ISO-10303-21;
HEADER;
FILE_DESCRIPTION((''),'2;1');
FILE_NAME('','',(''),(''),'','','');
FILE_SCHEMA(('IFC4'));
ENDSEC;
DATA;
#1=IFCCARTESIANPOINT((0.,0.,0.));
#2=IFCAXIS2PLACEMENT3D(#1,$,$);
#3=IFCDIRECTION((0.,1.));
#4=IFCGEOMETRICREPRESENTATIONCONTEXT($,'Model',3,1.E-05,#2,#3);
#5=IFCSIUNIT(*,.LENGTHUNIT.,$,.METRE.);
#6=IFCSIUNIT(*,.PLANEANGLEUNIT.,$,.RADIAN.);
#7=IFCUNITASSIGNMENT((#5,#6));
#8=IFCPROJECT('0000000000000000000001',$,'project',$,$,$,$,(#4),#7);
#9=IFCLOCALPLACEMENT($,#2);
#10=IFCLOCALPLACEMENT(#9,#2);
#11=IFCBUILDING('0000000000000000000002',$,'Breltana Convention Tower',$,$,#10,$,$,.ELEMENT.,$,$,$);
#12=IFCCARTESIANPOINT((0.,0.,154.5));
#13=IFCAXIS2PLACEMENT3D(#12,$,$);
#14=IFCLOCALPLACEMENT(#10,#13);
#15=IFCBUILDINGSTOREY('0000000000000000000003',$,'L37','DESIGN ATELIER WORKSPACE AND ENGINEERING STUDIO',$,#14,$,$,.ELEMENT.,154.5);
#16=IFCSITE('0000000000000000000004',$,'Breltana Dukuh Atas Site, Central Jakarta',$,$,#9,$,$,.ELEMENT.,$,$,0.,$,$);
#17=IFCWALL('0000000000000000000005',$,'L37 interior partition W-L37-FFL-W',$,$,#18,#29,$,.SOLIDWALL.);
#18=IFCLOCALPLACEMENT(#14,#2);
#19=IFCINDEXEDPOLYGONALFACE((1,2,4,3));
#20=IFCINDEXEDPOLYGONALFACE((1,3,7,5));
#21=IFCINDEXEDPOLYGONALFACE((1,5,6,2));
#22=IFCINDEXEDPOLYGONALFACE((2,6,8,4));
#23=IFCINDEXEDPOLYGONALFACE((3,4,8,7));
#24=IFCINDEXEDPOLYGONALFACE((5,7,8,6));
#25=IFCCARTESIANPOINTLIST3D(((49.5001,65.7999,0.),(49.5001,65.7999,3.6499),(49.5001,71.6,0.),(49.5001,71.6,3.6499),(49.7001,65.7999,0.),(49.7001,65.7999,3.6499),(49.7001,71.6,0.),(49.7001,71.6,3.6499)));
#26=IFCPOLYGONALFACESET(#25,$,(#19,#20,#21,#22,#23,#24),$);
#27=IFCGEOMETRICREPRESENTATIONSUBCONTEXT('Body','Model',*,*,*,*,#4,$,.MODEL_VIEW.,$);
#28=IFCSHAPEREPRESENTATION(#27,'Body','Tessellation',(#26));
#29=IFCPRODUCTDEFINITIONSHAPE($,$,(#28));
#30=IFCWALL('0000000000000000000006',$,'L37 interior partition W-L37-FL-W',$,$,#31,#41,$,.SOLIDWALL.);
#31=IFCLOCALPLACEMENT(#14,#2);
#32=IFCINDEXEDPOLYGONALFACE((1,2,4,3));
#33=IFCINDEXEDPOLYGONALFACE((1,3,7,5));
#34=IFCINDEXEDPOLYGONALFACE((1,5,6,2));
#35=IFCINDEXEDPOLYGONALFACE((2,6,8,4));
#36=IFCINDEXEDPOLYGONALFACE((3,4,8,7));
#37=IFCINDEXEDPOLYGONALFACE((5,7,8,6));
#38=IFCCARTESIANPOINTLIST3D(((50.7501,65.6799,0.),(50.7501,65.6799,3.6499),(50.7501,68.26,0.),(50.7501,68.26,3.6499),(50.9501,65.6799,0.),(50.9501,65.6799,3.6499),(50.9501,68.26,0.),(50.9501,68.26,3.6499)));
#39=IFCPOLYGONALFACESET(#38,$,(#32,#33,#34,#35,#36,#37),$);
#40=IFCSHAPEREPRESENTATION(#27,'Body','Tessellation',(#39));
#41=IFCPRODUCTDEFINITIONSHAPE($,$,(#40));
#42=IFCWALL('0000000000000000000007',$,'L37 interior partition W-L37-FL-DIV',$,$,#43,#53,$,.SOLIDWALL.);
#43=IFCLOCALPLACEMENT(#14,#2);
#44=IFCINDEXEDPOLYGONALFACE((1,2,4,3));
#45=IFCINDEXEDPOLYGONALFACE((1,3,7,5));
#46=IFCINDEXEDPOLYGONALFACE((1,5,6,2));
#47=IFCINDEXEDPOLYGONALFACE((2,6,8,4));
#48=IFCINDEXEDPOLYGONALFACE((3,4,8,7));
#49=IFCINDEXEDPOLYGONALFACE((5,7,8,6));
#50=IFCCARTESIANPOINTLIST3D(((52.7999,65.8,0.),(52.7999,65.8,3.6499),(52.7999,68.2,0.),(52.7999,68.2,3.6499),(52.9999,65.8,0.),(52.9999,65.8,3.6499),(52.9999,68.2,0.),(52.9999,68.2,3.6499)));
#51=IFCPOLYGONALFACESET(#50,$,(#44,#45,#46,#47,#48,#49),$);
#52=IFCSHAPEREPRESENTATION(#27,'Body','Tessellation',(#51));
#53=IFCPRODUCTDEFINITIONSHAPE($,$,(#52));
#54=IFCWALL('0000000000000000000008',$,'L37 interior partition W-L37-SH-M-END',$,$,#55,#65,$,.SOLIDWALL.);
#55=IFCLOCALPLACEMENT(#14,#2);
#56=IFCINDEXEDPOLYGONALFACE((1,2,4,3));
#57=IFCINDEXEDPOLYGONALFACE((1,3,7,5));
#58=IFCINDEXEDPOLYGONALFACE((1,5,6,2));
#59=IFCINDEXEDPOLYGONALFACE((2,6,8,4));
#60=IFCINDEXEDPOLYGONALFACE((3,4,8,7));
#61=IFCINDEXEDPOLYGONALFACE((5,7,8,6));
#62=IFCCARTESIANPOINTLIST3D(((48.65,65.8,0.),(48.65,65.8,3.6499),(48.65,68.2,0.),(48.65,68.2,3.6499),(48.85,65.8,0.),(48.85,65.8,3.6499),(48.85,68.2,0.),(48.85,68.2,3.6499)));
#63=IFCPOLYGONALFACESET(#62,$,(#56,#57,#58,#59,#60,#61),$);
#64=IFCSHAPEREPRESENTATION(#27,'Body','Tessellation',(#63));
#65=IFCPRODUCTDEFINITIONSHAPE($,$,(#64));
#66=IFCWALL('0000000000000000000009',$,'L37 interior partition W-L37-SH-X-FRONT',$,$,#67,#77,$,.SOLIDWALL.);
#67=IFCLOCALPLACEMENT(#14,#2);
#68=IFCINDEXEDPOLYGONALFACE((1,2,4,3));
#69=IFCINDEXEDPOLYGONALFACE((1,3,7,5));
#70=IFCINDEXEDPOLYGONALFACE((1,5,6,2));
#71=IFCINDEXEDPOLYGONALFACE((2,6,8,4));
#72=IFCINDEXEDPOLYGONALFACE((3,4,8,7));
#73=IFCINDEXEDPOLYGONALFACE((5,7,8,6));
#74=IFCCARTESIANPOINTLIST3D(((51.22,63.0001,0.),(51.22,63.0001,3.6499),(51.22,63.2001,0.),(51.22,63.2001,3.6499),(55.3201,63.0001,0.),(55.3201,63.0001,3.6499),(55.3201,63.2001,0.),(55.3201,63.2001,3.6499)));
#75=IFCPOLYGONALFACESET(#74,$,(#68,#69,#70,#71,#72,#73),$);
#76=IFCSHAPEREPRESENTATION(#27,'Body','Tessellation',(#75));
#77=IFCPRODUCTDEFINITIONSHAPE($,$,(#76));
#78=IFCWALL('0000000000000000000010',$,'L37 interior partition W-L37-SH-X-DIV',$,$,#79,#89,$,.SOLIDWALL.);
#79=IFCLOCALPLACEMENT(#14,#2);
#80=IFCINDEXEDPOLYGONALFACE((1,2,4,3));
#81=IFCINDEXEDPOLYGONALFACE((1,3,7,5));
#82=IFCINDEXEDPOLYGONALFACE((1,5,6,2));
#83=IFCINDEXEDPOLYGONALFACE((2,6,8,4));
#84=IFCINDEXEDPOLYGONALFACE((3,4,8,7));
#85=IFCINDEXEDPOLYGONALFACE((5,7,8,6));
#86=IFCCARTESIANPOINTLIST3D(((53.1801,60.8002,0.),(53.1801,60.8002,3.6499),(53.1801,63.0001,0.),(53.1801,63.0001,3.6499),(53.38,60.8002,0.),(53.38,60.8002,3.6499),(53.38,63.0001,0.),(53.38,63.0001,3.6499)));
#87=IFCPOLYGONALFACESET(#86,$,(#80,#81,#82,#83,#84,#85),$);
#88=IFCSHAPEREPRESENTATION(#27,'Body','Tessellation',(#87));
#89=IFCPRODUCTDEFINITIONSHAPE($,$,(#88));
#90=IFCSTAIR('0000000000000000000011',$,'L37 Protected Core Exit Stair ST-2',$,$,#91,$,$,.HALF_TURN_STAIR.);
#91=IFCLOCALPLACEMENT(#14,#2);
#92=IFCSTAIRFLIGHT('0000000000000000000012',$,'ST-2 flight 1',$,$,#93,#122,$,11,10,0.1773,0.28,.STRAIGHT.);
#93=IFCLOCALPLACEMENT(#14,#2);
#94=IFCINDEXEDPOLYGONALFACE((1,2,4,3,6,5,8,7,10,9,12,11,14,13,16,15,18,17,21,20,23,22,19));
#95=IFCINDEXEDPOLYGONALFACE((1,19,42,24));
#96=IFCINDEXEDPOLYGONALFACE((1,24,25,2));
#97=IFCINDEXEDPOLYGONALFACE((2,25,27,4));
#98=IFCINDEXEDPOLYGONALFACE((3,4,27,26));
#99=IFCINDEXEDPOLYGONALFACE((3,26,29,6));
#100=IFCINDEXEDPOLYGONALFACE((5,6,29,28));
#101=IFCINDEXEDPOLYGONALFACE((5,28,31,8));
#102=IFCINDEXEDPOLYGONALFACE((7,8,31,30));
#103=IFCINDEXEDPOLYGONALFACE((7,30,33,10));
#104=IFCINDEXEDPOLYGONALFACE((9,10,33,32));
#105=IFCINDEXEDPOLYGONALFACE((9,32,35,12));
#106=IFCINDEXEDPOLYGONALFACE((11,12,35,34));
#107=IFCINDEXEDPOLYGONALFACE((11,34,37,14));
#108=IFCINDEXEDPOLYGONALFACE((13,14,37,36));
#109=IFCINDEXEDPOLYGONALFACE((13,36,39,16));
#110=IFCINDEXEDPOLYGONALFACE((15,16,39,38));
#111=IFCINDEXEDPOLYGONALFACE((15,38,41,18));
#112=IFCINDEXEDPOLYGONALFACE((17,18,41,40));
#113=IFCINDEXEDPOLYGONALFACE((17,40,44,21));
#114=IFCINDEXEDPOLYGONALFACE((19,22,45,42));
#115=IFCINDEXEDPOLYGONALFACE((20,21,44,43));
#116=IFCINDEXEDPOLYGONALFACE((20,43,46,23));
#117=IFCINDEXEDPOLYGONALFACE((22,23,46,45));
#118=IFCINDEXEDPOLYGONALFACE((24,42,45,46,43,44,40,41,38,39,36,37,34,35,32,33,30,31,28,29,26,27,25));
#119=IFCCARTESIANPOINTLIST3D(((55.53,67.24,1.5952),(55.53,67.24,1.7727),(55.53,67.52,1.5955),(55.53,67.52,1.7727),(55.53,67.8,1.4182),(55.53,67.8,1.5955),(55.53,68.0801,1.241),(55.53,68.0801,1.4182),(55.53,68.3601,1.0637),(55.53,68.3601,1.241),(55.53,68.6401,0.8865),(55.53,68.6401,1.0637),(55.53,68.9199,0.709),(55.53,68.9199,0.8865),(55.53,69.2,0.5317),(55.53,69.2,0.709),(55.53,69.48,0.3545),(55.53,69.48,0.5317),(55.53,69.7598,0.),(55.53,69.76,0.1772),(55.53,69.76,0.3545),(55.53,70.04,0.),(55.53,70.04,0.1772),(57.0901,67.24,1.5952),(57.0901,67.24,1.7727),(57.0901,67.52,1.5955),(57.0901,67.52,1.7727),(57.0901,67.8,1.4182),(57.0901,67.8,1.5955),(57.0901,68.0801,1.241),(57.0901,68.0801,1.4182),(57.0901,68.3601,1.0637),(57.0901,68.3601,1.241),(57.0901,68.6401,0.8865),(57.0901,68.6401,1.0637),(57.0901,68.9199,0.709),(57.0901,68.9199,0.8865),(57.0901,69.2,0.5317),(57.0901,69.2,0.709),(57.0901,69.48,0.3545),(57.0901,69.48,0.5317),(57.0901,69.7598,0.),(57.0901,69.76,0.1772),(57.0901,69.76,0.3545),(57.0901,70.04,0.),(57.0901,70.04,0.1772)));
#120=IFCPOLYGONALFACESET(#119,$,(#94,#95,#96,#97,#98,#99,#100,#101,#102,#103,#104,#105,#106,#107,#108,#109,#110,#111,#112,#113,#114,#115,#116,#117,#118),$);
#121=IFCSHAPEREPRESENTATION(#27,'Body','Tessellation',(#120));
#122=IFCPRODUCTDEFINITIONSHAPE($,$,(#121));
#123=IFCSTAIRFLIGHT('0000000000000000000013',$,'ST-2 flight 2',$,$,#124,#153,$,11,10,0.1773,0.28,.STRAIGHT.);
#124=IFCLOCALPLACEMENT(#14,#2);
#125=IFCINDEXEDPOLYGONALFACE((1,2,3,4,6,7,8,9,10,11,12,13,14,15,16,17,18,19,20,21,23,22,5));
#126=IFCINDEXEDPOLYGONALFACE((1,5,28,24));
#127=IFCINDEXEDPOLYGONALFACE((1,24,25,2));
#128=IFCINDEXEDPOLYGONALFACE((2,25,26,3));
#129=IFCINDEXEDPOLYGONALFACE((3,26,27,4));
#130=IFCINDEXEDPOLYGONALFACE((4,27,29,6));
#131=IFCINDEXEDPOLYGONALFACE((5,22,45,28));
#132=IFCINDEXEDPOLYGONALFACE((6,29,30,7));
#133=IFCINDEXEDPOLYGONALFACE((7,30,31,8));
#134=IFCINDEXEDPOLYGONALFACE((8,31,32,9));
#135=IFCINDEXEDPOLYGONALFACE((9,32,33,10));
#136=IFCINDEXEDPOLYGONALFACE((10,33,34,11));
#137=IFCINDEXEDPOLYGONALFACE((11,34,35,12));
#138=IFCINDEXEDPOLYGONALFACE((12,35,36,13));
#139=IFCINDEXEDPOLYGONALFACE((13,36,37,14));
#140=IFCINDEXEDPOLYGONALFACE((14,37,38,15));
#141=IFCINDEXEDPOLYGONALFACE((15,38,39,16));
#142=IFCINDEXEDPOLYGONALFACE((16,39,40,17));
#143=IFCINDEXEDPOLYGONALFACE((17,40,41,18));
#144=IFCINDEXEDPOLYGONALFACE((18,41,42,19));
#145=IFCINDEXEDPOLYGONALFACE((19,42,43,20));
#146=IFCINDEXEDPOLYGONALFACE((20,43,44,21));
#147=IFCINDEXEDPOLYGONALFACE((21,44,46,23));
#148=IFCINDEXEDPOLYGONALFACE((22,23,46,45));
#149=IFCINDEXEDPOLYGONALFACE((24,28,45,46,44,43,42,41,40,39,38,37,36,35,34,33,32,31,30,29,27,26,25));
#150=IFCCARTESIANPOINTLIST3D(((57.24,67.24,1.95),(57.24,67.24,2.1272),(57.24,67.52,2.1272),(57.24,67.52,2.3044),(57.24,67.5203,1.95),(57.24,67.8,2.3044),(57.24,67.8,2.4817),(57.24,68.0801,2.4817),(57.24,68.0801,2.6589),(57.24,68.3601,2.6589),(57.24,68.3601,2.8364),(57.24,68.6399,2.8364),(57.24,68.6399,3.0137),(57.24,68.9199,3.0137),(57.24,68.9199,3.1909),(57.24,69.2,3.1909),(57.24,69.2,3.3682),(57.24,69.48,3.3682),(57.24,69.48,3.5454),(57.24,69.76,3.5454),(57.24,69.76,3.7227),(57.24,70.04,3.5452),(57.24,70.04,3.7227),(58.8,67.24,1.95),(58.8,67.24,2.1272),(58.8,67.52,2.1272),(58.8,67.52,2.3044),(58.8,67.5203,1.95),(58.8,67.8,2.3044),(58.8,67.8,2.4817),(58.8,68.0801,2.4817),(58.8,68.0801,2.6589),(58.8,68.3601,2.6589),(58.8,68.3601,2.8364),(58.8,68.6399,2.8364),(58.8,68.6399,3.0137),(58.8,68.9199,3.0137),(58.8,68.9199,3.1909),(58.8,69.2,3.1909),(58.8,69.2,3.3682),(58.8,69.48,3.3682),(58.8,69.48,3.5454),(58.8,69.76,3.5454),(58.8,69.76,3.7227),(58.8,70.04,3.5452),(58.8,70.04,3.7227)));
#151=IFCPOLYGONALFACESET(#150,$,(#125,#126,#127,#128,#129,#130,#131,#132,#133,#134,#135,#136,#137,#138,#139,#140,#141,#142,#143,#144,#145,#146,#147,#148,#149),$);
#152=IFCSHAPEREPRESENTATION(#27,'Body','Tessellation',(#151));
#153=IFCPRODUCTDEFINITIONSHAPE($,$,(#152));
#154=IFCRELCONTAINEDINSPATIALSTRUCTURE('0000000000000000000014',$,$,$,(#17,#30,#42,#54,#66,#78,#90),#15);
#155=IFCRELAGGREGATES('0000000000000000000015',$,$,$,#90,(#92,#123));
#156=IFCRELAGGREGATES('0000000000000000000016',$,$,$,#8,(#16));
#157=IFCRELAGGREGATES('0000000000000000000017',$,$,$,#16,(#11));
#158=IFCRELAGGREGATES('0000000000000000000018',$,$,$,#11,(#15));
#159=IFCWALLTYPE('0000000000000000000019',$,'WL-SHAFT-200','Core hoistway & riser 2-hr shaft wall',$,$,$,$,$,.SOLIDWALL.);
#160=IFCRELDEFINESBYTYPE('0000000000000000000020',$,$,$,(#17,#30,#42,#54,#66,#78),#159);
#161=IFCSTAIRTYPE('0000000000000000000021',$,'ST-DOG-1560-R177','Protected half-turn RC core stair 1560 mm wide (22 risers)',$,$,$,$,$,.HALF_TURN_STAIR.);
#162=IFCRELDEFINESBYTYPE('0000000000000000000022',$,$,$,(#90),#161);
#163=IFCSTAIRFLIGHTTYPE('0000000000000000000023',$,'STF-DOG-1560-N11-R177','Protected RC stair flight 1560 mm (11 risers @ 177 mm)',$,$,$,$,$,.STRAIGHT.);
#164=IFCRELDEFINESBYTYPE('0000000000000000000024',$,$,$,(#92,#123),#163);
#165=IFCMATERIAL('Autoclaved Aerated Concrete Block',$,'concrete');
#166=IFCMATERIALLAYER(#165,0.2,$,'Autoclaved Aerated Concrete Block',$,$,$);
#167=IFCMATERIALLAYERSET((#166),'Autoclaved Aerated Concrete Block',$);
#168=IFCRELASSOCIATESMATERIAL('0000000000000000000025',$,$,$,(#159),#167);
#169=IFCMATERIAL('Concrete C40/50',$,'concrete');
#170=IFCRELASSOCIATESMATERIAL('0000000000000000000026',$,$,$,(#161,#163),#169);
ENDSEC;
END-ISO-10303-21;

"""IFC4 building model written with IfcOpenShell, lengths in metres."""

from ifc_helpers import new_model, si_unit, direction, frame, frame_2d, origin, place, context, subcontext, project, spatial, polyline, rectangle, outline, extrude, source, transform, mapped, material, layer, layer_set, type_object, element, aggregate, save


model = new_model("IFC4")

# Units and contexts
model_context = context("Model", 3, precision=1e-05, world=origin(), true_north=direction((0.0, 1.0)))
body_context = subcontext(model_context, "Body", "Model", "MODEL_VIEW")
ifc_project = project(units=[si_unit("LENGTHUNIT", "METRE"), si_unit("PLANEANGLEUNIT", "RADIAN")], contexts=[model_context])

# Site, building, storey
site_placement = place(None, origin())
site = spatial("IfcSite", under=ifc_project, at=site_placement, Name="Breltana Dukuh Atas Site, Central Jakarta", CompositionType="ELEMENT", RefElevation=0.0)
building_placement = place(site_placement, origin())
building = spatial("IfcBuilding", under=site, at=building_placement, Name="Breltana Convention Tower", CompositionType="ELEMENT")
storey_placement = place(building_placement, frame((0.0, 0.0, 154.5)))
storey = spatial("IfcBuildingStorey", under=building, at=storey_placement, Name="L37", Description="DESIGN ATELIER WORKSPACE AND ENGINEERING STUDIO", CompositionType="ELEMENT", Elevation=154.5)

# Shared definitions
ifc_material_1 = material(Name="Autoclaved Aerated Concrete Block", Category="concrete")
ifc_layer_1 = layer(ifc_material_1, 0.2, Name="Autoclaved Aerated Concrete Block")
ifc_layer_set_1 = layer_set([ifc_layer_1], Name="Autoclaved Aerated Concrete Block")
wall_type_1 = type_object("IfcWallType", Name="WL-SHAFT-200", Description="Core hoistway & riser 2-hr shaft wall", PredefinedType="SOLIDWALL", material=ifc_layer_set_1)

# Walls
shared_shape_1 = source(origin(), body_context, "Body", "SweptSolid", [
    extrude(rectangle(XDim=5.8, YDim=0.2, at=frame_2d((2.8999, 0.0))), origin(), (0.0, 0.0, 1.0), 3.6499),
])
wall_1_placement = place(storey_placement, frame((49.6001, 65.8, 0.0), z_axis=(0.0, 0.0, 1.0), x_axis=(0.0, 1.0, 0.0)))
element("IfcWall", 1, at=wall_1_placement, inside=storey, type_object=wall_type_1, Name="L37 interior partition W-L37-FFL-W", PredefinedType="SOLIDWALL", context=body_context, shape_type="MappedRepresentation", body=[
    mapped(shared_shape_1, transform((0.0, 0.0, 0.0), scale=1.0)),
])
shared_shape_2 = source(origin(), body_context, "Body", "SweptSolid", [
    extrude(rectangle(XDim=2.5801, YDim=0.2, at=frame_2d((1.29, 0.0))), origin(), (0.0, 0.0, 1.0), 3.6499),
])
wall_2_placement = place(storey_placement, frame((50.8501, 65.6799, 0.0), z_axis=(0.0, 0.0, 1.0), x_axis=(0.0, 1.0, 0.0)))
element("IfcWall", 2, at=wall_2_placement, inside=storey, type_object=wall_type_1, Name="L37 interior partition W-L37-FL-W", PredefinedType="SOLIDWALL", context=body_context, shape_type="MappedRepresentation", body=[
    mapped(shared_shape_2, transform((0.0, 0.0, 0.0), scale=1.0)),
])
shared_shape_3 = source(origin(), body_context, "Body", "SweptSolid", [
    extrude(rectangle(XDim=2.3999, YDim=0.2, at=frame_2d((1.2, 0.0))), origin(), (0.0, 0.0, 1.0), 3.6499),
])
for number, where, z_axis, x_axis, name in (
    (3, (52.8999, 65.8, 0.0), (0.0, 0.0, 1.0), (0.0, 1.0, 0.0), "L37 interior partition W-L37-FL-DIV"),
    (4, (48.75, 65.8, 0.0), (0.0, 0.0, 1.0), (0.0, 1.0, 0.0), "L37 interior partition W-L37-SH-M-END"),
):
    element("IfcWall", number, at=place(storey_placement, frame(where, z_axis=z_axis, x_axis=x_axis)), inside=storey, type_object=wall_type_1, Name=name, PredefinedType="SOLIDWALL", context=body_context, shape_type="MappedRepresentation", body=[
        mapped(shared_shape_3, transform((0.0, 0.0, 0.0), scale=1.0)),
    ])
shared_shape_4 = source(origin(), body_context, "Body", "SweptSolid", [
    extrude(rectangle(XDim=4.1001, YDim=0.2, at=frame_2d((2.05, 0.0))), origin(), (0.0, 0.0, 1.0), 3.6499),
])
wall_3_placement = place(storey_placement, frame((51.22, 63.1001, 0.0), z_axis=(0.0, 0.0, 1.0), x_axis=(1.0, 0.0, 0.0)))
element("IfcWall", 5, at=wall_3_placement, inside=storey, type_object=wall_type_1, Name="L37 interior partition W-L37-SH-X-FRONT", PredefinedType="SOLIDWALL", context=body_context, shape_type="MappedRepresentation", body=[
    mapped(shared_shape_4, transform((0.0, 0.0, 0.0), scale=1.0)),
])
shared_shape_5 = source(origin(), body_context, "Body", "SweptSolid", [
    extrude(rectangle(XDim=2.2, YDim=0.2, at=frame_2d((1.1001, 0.0))), origin(), (0.0, 0.0, 1.0), 3.6499),
])
wall_4_placement = place(storey_placement, frame((53.28, 60.8, 0.0), z_axis=(0.0, 0.0, 1.0), x_axis=(0.0, 1.0, 0.0)))
element("IfcWall", 6, at=wall_4_placement, inside=storey, type_object=wall_type_1, Name="L37 interior partition W-L37-SH-X-DIV", PredefinedType="SOLIDWALL", context=body_context, shape_type="MappedRepresentation", body=[
    mapped(shared_shape_5, transform((0.0, 0.0, 0.0), scale=1.0)),
])

# Stair, stair flights
ifc_material_2 = material(Name="Concrete C40/50", Category="concrete")
stair_type = type_object("IfcStairType", Name="ST-DOG-1560-R177", Description="Protected half-turn RC core stair 1560 mm wide (22 risers)", PredefinedType="HALF_TURN_STAIR", material=ifc_material_2)
stair_placement = place(storey_placement, origin())
stair = element("IfcStair", 7, at=stair_placement, inside=storey, type_object=stair_type, Name="L37 Protected Core Exit Stair ST-2", PredefinedType="HALF_TURN_STAIR")
stair_flight_type = type_object("IfcStairFlightType", Name="STF-DOG-1560-N11-R177", Description="Protected RC stair flight 1560 mm (11 risers @ 177 mm)", PredefinedType="STRAIGHT", material=ifc_material_2)
stair_flight_1_placement = place(storey_placement, frame((56.3101, 70.04, 0.0), z_axis=(0.0, 0.0, 1.0), x_axis=(0.0, -1.0, 0.0)))
stair_flight_1 = element("IfcStairFlight", 8, at=stair_flight_1_placement, type_object=stair_flight_type, Name="ST-2 flight 1", NumberOfRisers=11, NumberOfTreads=10, PredefinedType="STRAIGHT", RiserHeight=0.1773, TreadLength=0.28, context=body_context, shape_type="SweptSolid", body=[
    extrude(outline(polyline([(0.0, 0.0), (0.0, 0.1772), (0.28, 0.1772), (0.28, 0.3545), (0.5601, 0.3545), (0.5601, 0.5317), (0.8401, 0.5317), (0.8401, 0.709), (1.1201, 0.709), (1.1201, 0.8865), (1.3999, 0.8865), (1.3999, 1.0637), (1.6799, 1.0637), (1.6799, 1.241), (1.96, 1.241), (1.96, 1.4182), (2.24, 1.4182), (2.24, 1.5955), (2.52, 1.5955), (2.52, 1.7727), (2.8, 1.7727), (2.8, 1.95), (2.8, 1.5952), (0.2803, 0.0), (0.0, 0.0)])), frame((0.0, 0.78, 0.0), z_axis=(0.0, -1.0, 0.0), x_axis=(1.0, 0.0, 0.0)), (0.0, 0.0, 1.0), 1.5601),
])
stair_flight_2_placement = place(storey_placement, frame((58.02, 67.24, 1.95), z_axis=(0.0, 0.0, 1.0), x_axis=(0.0, 1.0, 0.0)))
stair_flight_2 = element("IfcStairFlight", 9, at=stair_flight_2_placement, type_object=stair_flight_type, Name="ST-2 flight 2", NumberOfRisers=11, NumberOfTreads=10, PredefinedType="STRAIGHT", RiserHeight=0.1773, TreadLength=0.28, context=body_context, shape_type="SweptSolid", body=[
    extrude(outline(polyline([(0.0, 0.0), (0.0, 0.1772), (0.28, 0.1772), (0.28, 0.3545), (0.5601, 0.3545), (0.5601, 0.5317), (0.8401, 0.5317), (0.8401, 0.709), (1.1201, 0.709), (1.1201, 0.8865), (1.3999, 0.8865), (1.3999, 1.0637), (1.6799, 1.0637), (1.6799, 1.241), (1.96, 1.241), (1.96, 1.4182), (2.24, 1.4182), (2.24, 1.5955), (2.52, 1.5955), (2.52, 1.7727), (2.8, 1.7727), (2.8, 1.95), (2.8, 1.5952), (0.2803, 0.0), (0.0, 0.0)])), frame((0.0, 0.78, 0.0), z_axis=(0.0, -1.0, 0.0), x_axis=(1.0, 0.0, 0.0)), (0.0, 0.0, 1.0), 1.5601),
])
aggregate(stair, [stair_flight_1, stair_flight_2])

save(model, "model.ifc")
